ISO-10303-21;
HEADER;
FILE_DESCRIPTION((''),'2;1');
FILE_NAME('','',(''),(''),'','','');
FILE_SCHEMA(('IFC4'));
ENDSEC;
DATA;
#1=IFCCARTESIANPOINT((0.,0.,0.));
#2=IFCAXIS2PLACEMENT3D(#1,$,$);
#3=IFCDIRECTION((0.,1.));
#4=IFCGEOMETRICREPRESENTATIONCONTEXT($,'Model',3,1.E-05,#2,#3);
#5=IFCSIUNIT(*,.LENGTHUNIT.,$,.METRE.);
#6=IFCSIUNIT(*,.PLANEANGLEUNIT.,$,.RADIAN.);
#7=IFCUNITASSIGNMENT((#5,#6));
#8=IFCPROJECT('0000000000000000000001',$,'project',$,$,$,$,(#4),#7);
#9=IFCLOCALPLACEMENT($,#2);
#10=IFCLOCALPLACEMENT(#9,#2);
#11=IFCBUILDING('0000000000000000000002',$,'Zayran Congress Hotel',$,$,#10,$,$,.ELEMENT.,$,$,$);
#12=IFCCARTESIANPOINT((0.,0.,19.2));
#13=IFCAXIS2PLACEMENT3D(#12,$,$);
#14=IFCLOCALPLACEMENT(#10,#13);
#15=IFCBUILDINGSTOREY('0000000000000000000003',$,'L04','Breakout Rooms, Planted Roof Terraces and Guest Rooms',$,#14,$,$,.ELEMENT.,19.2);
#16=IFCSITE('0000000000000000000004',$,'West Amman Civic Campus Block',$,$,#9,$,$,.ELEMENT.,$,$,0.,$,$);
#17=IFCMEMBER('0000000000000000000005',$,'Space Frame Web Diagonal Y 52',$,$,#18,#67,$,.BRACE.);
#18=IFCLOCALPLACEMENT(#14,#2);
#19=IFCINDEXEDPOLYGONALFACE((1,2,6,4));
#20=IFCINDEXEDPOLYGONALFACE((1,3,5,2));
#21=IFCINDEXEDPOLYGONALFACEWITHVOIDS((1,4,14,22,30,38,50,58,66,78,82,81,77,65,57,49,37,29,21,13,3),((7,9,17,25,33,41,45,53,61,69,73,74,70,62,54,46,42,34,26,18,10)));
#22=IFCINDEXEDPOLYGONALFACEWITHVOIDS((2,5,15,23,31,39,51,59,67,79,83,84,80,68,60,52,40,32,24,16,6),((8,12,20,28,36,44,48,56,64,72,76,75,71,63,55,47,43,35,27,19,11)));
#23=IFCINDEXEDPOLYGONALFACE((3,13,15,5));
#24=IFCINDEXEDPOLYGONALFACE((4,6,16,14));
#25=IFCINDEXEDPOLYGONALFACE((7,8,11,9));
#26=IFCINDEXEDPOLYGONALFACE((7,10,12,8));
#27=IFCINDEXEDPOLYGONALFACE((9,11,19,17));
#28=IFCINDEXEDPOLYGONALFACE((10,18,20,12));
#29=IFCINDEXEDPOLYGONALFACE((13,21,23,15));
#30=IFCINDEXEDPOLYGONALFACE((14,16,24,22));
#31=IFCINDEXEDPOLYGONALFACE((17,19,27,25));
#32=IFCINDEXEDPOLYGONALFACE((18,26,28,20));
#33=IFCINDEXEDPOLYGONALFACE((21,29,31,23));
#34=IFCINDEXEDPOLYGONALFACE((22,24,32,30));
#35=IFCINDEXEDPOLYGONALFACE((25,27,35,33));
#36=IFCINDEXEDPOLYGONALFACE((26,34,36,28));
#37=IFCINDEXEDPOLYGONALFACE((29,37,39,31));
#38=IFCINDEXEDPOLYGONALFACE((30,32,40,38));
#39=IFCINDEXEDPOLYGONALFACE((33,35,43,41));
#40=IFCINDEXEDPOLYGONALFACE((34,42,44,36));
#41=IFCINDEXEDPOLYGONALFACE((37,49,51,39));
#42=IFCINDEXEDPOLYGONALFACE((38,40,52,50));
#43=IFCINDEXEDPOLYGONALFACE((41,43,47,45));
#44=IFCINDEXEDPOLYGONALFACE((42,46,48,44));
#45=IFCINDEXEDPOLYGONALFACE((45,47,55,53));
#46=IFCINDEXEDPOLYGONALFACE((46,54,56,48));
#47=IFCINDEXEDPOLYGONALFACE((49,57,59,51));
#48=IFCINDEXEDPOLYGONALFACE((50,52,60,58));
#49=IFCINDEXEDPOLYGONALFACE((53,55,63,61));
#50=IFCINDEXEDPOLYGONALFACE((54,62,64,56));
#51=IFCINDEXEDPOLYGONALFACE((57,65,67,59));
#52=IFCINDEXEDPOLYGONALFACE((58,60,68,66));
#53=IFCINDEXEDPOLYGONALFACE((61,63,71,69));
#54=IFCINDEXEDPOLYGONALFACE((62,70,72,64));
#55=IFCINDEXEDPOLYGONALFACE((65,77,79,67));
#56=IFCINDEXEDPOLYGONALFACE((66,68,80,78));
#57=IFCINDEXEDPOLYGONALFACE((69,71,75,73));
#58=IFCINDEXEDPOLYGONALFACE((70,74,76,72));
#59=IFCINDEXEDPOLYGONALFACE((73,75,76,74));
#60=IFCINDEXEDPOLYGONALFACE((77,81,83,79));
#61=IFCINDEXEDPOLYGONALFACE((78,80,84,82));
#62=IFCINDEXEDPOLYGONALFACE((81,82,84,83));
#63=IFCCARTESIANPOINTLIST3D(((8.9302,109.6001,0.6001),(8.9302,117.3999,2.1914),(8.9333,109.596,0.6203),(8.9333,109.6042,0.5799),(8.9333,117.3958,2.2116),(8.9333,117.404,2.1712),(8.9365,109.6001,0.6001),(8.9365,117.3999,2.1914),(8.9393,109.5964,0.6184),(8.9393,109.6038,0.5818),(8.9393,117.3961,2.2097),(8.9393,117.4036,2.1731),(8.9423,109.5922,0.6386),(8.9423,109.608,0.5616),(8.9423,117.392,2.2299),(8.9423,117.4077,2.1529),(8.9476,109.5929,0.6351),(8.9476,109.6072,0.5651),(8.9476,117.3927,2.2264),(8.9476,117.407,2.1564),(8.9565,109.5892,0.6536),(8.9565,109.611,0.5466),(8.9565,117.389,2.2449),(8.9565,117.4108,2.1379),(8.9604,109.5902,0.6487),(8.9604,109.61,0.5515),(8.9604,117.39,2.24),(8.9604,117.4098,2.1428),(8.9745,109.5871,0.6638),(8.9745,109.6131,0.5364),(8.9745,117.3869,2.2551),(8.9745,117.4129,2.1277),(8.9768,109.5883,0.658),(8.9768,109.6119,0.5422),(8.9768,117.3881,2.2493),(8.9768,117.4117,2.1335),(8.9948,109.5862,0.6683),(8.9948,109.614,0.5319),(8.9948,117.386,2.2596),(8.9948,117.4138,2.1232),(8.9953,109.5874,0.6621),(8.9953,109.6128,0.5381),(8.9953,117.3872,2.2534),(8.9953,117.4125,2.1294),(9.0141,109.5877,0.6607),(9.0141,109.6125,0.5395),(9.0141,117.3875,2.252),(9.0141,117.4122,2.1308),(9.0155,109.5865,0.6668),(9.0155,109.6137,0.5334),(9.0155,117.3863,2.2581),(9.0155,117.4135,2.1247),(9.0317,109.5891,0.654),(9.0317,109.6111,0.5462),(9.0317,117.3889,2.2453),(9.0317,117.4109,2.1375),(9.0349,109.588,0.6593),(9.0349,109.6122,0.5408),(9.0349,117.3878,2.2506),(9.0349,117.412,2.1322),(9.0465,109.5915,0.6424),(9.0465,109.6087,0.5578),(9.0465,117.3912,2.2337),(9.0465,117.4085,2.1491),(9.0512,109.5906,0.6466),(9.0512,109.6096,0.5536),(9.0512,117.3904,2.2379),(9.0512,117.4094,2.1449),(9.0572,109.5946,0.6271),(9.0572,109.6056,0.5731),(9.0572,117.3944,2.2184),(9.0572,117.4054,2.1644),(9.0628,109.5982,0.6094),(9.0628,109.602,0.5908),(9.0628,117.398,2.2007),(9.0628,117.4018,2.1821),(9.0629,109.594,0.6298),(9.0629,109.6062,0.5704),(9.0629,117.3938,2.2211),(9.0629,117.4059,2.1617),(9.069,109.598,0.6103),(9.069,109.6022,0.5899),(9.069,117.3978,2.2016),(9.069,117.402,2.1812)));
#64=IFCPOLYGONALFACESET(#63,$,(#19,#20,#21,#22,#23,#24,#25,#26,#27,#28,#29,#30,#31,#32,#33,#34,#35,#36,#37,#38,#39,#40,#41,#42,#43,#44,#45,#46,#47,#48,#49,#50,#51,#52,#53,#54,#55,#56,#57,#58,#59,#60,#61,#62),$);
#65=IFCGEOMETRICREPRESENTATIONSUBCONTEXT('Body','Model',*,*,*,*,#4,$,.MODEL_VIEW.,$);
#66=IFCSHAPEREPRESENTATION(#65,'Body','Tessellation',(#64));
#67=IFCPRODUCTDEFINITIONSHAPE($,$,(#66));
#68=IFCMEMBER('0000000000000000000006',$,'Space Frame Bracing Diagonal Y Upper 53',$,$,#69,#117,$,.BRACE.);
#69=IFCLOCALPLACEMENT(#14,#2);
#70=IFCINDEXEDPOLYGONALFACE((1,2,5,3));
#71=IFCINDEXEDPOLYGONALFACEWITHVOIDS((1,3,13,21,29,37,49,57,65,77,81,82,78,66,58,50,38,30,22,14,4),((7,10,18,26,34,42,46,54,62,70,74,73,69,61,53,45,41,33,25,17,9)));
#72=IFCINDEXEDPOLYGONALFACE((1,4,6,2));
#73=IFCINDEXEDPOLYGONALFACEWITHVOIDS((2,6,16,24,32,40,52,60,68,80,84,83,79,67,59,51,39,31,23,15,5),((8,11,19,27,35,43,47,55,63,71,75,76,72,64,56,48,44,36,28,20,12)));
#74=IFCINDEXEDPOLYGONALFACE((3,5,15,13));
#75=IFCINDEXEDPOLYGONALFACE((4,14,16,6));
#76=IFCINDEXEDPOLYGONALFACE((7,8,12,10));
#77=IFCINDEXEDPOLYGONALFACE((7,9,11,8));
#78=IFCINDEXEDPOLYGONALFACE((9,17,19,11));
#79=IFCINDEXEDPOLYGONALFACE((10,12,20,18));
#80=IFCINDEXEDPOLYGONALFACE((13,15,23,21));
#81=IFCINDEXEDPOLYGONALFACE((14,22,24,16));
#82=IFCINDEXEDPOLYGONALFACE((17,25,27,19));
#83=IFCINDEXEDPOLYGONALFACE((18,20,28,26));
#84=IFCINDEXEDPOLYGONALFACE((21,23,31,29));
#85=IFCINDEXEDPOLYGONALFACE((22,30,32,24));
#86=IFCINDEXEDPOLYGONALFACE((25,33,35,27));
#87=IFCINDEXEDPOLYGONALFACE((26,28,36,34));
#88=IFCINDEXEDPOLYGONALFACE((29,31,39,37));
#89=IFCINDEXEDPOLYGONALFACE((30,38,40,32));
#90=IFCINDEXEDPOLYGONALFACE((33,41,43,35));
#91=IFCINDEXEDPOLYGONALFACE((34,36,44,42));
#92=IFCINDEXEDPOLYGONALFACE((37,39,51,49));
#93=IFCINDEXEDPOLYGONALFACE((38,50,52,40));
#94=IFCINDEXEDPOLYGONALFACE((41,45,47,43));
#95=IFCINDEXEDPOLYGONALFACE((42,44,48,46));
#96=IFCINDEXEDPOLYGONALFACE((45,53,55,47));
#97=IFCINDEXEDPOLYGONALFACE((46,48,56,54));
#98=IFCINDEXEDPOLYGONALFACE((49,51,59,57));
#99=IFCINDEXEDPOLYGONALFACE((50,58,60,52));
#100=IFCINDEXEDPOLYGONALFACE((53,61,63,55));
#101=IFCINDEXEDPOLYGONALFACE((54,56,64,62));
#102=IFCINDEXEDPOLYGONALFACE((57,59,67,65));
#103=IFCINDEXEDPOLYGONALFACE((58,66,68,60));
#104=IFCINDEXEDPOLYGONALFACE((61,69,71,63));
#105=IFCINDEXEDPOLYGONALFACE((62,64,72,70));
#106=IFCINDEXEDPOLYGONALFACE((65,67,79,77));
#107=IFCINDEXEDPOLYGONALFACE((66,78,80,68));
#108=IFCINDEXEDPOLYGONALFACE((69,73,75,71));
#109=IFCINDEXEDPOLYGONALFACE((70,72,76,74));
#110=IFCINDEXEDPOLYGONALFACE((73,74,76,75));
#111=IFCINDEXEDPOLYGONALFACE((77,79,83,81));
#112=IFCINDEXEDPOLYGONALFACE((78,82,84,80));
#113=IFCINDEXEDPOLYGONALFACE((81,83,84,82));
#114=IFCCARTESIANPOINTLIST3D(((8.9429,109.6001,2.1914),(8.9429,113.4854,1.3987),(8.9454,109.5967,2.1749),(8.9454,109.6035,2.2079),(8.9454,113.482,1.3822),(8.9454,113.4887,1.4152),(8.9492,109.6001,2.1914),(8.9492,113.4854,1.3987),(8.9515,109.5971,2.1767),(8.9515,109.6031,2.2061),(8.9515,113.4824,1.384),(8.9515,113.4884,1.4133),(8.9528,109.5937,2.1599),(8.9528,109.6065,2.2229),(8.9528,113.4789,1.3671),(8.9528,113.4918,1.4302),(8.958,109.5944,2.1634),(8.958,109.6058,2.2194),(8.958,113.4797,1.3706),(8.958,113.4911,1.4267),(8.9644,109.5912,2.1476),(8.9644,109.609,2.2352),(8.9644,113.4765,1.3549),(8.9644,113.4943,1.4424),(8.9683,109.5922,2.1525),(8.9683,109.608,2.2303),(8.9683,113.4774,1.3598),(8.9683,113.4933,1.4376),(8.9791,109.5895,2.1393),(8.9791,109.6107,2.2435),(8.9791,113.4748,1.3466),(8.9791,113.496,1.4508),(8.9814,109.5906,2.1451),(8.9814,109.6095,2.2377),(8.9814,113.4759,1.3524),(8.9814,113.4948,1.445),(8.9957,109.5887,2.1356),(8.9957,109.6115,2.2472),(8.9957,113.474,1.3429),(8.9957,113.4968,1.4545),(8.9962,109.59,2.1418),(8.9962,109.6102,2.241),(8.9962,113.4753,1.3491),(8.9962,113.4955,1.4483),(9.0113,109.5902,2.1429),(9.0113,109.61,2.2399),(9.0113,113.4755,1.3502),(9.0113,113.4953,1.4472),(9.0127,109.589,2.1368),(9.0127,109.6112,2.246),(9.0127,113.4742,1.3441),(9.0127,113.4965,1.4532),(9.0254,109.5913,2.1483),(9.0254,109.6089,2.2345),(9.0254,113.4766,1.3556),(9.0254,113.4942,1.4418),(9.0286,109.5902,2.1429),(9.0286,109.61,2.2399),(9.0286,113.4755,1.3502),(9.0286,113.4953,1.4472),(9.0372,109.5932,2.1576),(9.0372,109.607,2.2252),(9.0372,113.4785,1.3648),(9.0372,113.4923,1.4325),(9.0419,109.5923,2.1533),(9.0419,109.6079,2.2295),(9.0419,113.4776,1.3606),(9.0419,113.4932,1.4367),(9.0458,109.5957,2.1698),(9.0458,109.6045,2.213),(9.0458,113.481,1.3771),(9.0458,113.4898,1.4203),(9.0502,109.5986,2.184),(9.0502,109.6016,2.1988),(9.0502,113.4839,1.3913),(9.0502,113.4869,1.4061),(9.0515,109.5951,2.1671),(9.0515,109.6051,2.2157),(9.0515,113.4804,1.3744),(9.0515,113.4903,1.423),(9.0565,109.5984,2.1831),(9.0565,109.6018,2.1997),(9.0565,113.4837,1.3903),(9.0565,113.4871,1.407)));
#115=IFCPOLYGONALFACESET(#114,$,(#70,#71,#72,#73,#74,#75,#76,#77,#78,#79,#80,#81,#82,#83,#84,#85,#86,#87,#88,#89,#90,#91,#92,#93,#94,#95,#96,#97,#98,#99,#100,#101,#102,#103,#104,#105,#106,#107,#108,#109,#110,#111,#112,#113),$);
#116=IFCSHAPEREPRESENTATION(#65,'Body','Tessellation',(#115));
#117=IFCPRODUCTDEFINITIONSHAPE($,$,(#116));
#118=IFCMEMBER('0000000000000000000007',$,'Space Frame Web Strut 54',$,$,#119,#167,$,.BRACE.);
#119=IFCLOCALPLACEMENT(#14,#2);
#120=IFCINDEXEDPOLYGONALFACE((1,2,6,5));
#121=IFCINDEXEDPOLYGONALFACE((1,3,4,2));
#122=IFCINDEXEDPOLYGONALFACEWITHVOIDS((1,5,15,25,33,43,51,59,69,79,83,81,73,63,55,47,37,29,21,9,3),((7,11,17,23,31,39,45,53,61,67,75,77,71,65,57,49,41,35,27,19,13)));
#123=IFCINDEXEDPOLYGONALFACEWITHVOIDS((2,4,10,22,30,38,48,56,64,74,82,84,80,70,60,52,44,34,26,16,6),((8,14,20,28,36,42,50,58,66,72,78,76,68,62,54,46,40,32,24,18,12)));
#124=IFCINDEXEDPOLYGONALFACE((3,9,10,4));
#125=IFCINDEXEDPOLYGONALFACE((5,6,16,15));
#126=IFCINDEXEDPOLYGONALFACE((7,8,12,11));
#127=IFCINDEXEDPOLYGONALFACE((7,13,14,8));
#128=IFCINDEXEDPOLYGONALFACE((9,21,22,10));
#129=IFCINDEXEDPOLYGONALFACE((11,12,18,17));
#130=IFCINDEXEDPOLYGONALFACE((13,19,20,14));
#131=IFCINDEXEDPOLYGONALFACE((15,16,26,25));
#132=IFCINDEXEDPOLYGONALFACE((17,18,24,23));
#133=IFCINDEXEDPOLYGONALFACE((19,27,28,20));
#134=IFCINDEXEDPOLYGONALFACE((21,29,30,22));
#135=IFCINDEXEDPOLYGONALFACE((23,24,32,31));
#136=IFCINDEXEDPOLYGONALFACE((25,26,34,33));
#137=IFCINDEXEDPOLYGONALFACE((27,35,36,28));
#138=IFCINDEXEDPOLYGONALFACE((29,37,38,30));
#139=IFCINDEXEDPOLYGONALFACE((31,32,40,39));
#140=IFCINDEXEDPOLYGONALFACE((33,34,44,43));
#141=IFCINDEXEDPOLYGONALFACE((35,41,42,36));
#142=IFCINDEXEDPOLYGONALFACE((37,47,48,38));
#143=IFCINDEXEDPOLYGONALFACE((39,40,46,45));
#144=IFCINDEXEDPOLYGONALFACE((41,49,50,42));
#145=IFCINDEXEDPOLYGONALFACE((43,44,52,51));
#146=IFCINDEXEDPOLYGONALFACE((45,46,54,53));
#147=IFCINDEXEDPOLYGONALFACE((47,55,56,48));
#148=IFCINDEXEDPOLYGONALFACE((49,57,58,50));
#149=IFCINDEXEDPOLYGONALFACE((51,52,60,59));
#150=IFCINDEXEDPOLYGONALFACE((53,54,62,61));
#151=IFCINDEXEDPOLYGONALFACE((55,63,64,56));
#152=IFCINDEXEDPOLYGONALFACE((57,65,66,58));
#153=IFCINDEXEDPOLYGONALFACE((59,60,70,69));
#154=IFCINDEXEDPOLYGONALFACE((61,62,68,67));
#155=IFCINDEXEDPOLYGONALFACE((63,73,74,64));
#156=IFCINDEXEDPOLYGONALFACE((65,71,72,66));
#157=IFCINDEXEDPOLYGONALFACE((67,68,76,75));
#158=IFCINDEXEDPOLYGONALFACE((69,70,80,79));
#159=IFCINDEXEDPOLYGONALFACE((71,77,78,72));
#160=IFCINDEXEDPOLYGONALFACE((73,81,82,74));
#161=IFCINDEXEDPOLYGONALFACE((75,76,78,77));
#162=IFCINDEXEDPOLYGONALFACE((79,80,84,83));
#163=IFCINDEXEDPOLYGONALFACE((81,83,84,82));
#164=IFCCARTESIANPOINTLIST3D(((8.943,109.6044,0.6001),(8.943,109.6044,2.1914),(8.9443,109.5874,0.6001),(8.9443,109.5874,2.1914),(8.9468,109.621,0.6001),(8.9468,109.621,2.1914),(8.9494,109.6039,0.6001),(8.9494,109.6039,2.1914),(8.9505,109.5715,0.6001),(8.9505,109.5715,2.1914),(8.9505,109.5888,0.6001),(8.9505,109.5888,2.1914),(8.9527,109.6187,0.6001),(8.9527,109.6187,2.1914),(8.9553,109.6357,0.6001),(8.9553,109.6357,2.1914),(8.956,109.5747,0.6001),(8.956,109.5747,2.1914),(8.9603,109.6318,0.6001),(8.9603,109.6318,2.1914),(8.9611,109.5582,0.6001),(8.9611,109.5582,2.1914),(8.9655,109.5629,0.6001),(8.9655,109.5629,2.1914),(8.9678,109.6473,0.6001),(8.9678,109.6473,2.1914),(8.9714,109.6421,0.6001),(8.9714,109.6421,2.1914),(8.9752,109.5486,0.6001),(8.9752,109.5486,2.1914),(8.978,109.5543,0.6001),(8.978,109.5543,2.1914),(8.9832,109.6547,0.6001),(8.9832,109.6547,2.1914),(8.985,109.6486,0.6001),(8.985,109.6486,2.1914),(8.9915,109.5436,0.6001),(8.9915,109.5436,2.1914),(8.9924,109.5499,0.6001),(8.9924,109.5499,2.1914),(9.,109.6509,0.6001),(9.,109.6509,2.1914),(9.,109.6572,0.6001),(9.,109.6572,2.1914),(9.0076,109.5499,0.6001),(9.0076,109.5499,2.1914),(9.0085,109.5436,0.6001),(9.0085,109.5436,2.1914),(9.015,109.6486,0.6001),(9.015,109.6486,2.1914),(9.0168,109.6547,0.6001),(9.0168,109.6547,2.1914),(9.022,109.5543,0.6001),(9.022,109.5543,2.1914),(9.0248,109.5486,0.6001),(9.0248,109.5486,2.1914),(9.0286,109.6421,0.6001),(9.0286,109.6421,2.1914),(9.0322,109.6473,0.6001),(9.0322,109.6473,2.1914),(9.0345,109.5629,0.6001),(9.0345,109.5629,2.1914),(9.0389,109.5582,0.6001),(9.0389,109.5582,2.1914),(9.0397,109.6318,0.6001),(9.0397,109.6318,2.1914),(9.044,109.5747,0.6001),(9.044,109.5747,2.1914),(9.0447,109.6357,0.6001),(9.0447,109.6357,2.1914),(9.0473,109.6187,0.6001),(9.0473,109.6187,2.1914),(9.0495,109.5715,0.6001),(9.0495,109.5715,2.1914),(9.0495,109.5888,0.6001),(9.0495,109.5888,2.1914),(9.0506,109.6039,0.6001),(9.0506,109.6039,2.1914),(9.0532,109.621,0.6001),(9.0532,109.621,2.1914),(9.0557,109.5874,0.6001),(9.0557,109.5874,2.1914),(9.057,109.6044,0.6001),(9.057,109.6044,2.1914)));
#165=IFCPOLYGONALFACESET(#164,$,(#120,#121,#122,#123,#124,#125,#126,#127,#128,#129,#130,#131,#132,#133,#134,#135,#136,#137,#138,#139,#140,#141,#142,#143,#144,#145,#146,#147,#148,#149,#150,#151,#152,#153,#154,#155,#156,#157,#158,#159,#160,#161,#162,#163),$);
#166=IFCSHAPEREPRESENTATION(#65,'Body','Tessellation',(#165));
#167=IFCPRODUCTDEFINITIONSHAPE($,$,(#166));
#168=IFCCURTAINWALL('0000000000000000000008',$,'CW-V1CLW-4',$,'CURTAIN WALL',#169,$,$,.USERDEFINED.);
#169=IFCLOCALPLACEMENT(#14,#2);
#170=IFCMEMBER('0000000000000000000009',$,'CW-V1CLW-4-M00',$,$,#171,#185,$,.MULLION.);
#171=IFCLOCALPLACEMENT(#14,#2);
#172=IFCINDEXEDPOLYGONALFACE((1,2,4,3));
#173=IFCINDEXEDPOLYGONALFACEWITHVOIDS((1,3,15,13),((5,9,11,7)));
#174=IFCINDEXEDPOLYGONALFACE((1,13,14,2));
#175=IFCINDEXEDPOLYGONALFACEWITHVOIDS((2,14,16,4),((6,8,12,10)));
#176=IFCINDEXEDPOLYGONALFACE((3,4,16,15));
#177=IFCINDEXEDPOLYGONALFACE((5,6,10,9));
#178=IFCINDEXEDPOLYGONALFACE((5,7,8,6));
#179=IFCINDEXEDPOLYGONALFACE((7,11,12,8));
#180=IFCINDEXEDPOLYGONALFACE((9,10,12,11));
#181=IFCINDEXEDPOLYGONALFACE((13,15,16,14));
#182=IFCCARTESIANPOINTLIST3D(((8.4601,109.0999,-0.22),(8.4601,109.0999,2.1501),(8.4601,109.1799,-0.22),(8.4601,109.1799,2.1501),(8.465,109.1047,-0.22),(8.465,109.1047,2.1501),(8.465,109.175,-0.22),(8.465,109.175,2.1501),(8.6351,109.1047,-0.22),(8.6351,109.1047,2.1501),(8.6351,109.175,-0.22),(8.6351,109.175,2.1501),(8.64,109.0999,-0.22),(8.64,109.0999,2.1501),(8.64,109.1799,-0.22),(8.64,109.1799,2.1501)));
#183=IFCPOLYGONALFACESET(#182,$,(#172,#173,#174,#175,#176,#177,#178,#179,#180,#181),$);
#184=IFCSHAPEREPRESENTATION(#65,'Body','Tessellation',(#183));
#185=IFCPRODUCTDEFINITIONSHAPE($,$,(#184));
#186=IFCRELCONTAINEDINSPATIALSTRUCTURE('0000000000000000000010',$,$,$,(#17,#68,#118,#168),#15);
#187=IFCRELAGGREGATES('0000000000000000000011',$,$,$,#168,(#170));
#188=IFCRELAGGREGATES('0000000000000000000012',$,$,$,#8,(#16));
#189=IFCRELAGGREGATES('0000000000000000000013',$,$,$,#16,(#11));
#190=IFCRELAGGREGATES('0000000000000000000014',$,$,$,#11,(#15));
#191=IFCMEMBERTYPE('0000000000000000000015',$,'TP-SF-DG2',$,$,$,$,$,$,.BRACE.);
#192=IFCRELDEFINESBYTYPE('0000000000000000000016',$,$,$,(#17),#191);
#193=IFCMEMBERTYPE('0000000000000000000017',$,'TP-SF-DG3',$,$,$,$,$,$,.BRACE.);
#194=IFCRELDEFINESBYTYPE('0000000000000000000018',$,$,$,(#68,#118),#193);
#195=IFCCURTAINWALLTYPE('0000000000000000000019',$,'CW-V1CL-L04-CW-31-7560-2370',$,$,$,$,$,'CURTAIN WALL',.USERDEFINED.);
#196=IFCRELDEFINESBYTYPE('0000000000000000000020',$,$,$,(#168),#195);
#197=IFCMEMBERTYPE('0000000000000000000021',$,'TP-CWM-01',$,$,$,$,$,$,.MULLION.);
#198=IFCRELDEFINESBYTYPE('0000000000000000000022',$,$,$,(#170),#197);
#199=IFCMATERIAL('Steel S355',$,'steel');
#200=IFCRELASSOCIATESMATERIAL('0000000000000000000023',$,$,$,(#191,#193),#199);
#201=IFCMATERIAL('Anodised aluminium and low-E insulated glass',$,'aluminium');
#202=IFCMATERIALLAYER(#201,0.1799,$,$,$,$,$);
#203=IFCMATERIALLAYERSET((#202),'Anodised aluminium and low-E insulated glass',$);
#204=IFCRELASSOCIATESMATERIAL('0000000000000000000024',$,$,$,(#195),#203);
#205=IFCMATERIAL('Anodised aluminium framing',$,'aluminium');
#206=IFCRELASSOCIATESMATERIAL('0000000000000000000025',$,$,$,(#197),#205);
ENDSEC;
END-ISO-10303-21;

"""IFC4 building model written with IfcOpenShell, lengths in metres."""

from ifc_helpers import new_model, si_unit, direction, frame, origin, origin_2d, place, context, subcontext, project, spatial, hollow_rectangle, hollow_circle, extrude, material, layer, layer_set, material_profile, profile_set, type_object, element, aggregate, save


model = new_model("IFC4")

# Units and contexts
model_context = context("Model", 3, precision=1e-05, world=origin(), true_north=direction((0.0, 1.0)))
body_context = subcontext(model_context, "Body", "Model", "MODEL_VIEW")
ifc_project = project(units=[si_unit("LENGTHUNIT", "METRE"), si_unit("PLANEANGLEUNIT", "RADIAN")], contexts=[model_context])

# Site, building, storey
site_placement = place(None, origin())
site = spatial("IfcSite", under=ifc_project, at=site_placement, Name="West Amman Civic Campus Block", CompositionType="ELEMENT", RefElevation=0.0)
building_placement = place(site_placement, origin())
building = spatial("IfcBuilding", under=site, at=building_placement, Name="Zayran Congress Hotel", CompositionType="ELEMENT")
storey_placement = place(building_placement, frame((0.0, 0.0, 19.2)))
storey = spatial("IfcBuildingStorey", under=building, at=storey_placement, Name="L04", Description="Breakout Rooms, Planted Roof Terraces and Guest Rooms", CompositionType="ELEMENT", Elevation=19.2)

# Shared definitions
ifc_material_1 = material(Name="Steel S355", Category="steel")

# Members
ifc_material_profile_1 = material_profile(ifc_material_1, hollow_circle(Radius=0.0698, WallThickness=0.0063, at=origin_2d()), Name="CHS 139.7x6.3")
ifc_profile_set_1 = profile_set([ifc_material_profile_1], Name="Steel S355")
member_type_1 = type_object("IfcMemberType", Name="TP-SF-DG2", PredefinedType="BRACE", material=ifc_profile_set_1)
member_1_placement = place(storey_placement, frame((9.0, 109.6001, 0.6001), z_axis=(0.0, 0.979816, 0.199901), x_axis=(-1.0, 0.0, 0.0)))
element("IfcMember", 1, at=member_1_placement, inside=storey, type_object=member_type_1, Name="Space Frame Web Diagonal Y 52", PredefinedType="BRACE", context=body_context, shape_type="SweptSolid", body=[
    extrude(hollow_circle(Radius=0.0698, WallThickness=0.0063, at=origin_2d()), origin(), (0.0, 0.0, 1.0), 7.9604),
])
ifc_material_profile_2 = material_profile(ifc_material_1, hollow_circle(Radius=0.0571, WallThickness=0.0063, at=origin_2d()), Name="CHS 114.3x6.3")
ifc_profile_set_2 = profile_set([ifc_material_profile_2], Name="Steel S355")
member_type_2 = type_object("IfcMemberType", Name="TP-SF-DG3", PredefinedType="BRACE", material=ifc_profile_set_2)
member_2_placement = place(storey_placement, frame((9.0, 109.6001, 2.1914), z_axis=(0.0, 0.979813, -0.199915), x_axis=(-1.0, 0.0, 0.0)))
element("IfcMember", 2, at=member_2_placement, inside=storey, type_object=member_type_2, Name="Space Frame Bracing Diagonal Y Upper 53", PredefinedType="BRACE", context=body_context, shape_type="SweptSolid", body=[
    extrude(hollow_circle(Radius=0.0571, WallThickness=0.0063, at=origin_2d()), origin(), (0.0, 0.0, 1.0), 3.9653),
])
member_3_placement = place(storey_placement, frame((9.0, 109.6001, 0.6001), z_axis=(0.0, 0.0, 1.0), x_axis=(0.0, 1.0, 0.0)))
element("IfcMember", 3, at=member_3_placement, inside=storey, type_object=member_type_2, Name="Space Frame Web Strut 54", PredefinedType="BRACE", context=body_context, shape_type="SweptSolid", body=[
    extrude(hollow_circle(Radius=0.0571, WallThickness=0.0063, at=origin_2d()), origin(), (0.0, 0.0, 1.0), 1.5913),
])

# Curtain wall, member
ifc_material_2 = material(Name="Anodised aluminium and low-E insulated glass", Category="aluminium")
ifc_layer_1 = layer(ifc_material_2, 0.1799)
ifc_layer_set_1 = layer_set([ifc_layer_1], Name="Anodised aluminium and low-E insulated glass")
curtain_wall_type = type_object("IfcCurtainWallType", Name="CW-V1CL-L04-CW-31-7560-2370", ElementType="CURTAIN WALL", PredefinedType="USERDEFINED", material=ifc_layer_set_1)
curtain_wall_placement = place(storey_placement, origin())
curtain_wall = element("IfcCurtainWall", 4, at=curtain_wall_placement, inside=storey, type_object=curtain_wall_type, Name="CW-V1CLW-4", ObjectType="CURTAIN WALL", PredefinedType="USERDEFINED")
ifc_material_3 = material(Name="Anodised aluminium framing", Category="aluminium")
ifc_material_profile_3 = material_profile(ifc_material_3, hollow_rectangle(XDim=0.0801, YDim=0.1799, WallThickness=0.0049, at=origin_2d()), Name="RHS 180x80x5")
ifc_profile_set_3 = profile_set([ifc_material_profile_3], Name="Anodised aluminium framing")
member_type_3 = type_object("IfcMemberType", Name="TP-CWM-01", PredefinedType="MULLION", material=ifc_profile_set_3)
member_4_placement = place(storey_placement, frame((8.55, 109.1399, -0.22), z_axis=(0.0, 0.0, 1.0), x_axis=(0.0, 1.0, 0.0)))
member_4 = element("IfcMember", 5, at=member_4_placement, type_object=member_type_3, Name="CW-V1CLW-4-M00", PredefinedType="MULLION", context=body_context, shape_type="SweptSolid", body=[
    extrude(hollow_rectangle(XDim=0.0801, YDim=0.1799, WallThickness=0.0049, at=origin_2d()), origin(), (0.0, 0.0, 1.0), 2.3701),
])

aggregate(curtain_wall, [member_4])

save(model, "model.ifc")
